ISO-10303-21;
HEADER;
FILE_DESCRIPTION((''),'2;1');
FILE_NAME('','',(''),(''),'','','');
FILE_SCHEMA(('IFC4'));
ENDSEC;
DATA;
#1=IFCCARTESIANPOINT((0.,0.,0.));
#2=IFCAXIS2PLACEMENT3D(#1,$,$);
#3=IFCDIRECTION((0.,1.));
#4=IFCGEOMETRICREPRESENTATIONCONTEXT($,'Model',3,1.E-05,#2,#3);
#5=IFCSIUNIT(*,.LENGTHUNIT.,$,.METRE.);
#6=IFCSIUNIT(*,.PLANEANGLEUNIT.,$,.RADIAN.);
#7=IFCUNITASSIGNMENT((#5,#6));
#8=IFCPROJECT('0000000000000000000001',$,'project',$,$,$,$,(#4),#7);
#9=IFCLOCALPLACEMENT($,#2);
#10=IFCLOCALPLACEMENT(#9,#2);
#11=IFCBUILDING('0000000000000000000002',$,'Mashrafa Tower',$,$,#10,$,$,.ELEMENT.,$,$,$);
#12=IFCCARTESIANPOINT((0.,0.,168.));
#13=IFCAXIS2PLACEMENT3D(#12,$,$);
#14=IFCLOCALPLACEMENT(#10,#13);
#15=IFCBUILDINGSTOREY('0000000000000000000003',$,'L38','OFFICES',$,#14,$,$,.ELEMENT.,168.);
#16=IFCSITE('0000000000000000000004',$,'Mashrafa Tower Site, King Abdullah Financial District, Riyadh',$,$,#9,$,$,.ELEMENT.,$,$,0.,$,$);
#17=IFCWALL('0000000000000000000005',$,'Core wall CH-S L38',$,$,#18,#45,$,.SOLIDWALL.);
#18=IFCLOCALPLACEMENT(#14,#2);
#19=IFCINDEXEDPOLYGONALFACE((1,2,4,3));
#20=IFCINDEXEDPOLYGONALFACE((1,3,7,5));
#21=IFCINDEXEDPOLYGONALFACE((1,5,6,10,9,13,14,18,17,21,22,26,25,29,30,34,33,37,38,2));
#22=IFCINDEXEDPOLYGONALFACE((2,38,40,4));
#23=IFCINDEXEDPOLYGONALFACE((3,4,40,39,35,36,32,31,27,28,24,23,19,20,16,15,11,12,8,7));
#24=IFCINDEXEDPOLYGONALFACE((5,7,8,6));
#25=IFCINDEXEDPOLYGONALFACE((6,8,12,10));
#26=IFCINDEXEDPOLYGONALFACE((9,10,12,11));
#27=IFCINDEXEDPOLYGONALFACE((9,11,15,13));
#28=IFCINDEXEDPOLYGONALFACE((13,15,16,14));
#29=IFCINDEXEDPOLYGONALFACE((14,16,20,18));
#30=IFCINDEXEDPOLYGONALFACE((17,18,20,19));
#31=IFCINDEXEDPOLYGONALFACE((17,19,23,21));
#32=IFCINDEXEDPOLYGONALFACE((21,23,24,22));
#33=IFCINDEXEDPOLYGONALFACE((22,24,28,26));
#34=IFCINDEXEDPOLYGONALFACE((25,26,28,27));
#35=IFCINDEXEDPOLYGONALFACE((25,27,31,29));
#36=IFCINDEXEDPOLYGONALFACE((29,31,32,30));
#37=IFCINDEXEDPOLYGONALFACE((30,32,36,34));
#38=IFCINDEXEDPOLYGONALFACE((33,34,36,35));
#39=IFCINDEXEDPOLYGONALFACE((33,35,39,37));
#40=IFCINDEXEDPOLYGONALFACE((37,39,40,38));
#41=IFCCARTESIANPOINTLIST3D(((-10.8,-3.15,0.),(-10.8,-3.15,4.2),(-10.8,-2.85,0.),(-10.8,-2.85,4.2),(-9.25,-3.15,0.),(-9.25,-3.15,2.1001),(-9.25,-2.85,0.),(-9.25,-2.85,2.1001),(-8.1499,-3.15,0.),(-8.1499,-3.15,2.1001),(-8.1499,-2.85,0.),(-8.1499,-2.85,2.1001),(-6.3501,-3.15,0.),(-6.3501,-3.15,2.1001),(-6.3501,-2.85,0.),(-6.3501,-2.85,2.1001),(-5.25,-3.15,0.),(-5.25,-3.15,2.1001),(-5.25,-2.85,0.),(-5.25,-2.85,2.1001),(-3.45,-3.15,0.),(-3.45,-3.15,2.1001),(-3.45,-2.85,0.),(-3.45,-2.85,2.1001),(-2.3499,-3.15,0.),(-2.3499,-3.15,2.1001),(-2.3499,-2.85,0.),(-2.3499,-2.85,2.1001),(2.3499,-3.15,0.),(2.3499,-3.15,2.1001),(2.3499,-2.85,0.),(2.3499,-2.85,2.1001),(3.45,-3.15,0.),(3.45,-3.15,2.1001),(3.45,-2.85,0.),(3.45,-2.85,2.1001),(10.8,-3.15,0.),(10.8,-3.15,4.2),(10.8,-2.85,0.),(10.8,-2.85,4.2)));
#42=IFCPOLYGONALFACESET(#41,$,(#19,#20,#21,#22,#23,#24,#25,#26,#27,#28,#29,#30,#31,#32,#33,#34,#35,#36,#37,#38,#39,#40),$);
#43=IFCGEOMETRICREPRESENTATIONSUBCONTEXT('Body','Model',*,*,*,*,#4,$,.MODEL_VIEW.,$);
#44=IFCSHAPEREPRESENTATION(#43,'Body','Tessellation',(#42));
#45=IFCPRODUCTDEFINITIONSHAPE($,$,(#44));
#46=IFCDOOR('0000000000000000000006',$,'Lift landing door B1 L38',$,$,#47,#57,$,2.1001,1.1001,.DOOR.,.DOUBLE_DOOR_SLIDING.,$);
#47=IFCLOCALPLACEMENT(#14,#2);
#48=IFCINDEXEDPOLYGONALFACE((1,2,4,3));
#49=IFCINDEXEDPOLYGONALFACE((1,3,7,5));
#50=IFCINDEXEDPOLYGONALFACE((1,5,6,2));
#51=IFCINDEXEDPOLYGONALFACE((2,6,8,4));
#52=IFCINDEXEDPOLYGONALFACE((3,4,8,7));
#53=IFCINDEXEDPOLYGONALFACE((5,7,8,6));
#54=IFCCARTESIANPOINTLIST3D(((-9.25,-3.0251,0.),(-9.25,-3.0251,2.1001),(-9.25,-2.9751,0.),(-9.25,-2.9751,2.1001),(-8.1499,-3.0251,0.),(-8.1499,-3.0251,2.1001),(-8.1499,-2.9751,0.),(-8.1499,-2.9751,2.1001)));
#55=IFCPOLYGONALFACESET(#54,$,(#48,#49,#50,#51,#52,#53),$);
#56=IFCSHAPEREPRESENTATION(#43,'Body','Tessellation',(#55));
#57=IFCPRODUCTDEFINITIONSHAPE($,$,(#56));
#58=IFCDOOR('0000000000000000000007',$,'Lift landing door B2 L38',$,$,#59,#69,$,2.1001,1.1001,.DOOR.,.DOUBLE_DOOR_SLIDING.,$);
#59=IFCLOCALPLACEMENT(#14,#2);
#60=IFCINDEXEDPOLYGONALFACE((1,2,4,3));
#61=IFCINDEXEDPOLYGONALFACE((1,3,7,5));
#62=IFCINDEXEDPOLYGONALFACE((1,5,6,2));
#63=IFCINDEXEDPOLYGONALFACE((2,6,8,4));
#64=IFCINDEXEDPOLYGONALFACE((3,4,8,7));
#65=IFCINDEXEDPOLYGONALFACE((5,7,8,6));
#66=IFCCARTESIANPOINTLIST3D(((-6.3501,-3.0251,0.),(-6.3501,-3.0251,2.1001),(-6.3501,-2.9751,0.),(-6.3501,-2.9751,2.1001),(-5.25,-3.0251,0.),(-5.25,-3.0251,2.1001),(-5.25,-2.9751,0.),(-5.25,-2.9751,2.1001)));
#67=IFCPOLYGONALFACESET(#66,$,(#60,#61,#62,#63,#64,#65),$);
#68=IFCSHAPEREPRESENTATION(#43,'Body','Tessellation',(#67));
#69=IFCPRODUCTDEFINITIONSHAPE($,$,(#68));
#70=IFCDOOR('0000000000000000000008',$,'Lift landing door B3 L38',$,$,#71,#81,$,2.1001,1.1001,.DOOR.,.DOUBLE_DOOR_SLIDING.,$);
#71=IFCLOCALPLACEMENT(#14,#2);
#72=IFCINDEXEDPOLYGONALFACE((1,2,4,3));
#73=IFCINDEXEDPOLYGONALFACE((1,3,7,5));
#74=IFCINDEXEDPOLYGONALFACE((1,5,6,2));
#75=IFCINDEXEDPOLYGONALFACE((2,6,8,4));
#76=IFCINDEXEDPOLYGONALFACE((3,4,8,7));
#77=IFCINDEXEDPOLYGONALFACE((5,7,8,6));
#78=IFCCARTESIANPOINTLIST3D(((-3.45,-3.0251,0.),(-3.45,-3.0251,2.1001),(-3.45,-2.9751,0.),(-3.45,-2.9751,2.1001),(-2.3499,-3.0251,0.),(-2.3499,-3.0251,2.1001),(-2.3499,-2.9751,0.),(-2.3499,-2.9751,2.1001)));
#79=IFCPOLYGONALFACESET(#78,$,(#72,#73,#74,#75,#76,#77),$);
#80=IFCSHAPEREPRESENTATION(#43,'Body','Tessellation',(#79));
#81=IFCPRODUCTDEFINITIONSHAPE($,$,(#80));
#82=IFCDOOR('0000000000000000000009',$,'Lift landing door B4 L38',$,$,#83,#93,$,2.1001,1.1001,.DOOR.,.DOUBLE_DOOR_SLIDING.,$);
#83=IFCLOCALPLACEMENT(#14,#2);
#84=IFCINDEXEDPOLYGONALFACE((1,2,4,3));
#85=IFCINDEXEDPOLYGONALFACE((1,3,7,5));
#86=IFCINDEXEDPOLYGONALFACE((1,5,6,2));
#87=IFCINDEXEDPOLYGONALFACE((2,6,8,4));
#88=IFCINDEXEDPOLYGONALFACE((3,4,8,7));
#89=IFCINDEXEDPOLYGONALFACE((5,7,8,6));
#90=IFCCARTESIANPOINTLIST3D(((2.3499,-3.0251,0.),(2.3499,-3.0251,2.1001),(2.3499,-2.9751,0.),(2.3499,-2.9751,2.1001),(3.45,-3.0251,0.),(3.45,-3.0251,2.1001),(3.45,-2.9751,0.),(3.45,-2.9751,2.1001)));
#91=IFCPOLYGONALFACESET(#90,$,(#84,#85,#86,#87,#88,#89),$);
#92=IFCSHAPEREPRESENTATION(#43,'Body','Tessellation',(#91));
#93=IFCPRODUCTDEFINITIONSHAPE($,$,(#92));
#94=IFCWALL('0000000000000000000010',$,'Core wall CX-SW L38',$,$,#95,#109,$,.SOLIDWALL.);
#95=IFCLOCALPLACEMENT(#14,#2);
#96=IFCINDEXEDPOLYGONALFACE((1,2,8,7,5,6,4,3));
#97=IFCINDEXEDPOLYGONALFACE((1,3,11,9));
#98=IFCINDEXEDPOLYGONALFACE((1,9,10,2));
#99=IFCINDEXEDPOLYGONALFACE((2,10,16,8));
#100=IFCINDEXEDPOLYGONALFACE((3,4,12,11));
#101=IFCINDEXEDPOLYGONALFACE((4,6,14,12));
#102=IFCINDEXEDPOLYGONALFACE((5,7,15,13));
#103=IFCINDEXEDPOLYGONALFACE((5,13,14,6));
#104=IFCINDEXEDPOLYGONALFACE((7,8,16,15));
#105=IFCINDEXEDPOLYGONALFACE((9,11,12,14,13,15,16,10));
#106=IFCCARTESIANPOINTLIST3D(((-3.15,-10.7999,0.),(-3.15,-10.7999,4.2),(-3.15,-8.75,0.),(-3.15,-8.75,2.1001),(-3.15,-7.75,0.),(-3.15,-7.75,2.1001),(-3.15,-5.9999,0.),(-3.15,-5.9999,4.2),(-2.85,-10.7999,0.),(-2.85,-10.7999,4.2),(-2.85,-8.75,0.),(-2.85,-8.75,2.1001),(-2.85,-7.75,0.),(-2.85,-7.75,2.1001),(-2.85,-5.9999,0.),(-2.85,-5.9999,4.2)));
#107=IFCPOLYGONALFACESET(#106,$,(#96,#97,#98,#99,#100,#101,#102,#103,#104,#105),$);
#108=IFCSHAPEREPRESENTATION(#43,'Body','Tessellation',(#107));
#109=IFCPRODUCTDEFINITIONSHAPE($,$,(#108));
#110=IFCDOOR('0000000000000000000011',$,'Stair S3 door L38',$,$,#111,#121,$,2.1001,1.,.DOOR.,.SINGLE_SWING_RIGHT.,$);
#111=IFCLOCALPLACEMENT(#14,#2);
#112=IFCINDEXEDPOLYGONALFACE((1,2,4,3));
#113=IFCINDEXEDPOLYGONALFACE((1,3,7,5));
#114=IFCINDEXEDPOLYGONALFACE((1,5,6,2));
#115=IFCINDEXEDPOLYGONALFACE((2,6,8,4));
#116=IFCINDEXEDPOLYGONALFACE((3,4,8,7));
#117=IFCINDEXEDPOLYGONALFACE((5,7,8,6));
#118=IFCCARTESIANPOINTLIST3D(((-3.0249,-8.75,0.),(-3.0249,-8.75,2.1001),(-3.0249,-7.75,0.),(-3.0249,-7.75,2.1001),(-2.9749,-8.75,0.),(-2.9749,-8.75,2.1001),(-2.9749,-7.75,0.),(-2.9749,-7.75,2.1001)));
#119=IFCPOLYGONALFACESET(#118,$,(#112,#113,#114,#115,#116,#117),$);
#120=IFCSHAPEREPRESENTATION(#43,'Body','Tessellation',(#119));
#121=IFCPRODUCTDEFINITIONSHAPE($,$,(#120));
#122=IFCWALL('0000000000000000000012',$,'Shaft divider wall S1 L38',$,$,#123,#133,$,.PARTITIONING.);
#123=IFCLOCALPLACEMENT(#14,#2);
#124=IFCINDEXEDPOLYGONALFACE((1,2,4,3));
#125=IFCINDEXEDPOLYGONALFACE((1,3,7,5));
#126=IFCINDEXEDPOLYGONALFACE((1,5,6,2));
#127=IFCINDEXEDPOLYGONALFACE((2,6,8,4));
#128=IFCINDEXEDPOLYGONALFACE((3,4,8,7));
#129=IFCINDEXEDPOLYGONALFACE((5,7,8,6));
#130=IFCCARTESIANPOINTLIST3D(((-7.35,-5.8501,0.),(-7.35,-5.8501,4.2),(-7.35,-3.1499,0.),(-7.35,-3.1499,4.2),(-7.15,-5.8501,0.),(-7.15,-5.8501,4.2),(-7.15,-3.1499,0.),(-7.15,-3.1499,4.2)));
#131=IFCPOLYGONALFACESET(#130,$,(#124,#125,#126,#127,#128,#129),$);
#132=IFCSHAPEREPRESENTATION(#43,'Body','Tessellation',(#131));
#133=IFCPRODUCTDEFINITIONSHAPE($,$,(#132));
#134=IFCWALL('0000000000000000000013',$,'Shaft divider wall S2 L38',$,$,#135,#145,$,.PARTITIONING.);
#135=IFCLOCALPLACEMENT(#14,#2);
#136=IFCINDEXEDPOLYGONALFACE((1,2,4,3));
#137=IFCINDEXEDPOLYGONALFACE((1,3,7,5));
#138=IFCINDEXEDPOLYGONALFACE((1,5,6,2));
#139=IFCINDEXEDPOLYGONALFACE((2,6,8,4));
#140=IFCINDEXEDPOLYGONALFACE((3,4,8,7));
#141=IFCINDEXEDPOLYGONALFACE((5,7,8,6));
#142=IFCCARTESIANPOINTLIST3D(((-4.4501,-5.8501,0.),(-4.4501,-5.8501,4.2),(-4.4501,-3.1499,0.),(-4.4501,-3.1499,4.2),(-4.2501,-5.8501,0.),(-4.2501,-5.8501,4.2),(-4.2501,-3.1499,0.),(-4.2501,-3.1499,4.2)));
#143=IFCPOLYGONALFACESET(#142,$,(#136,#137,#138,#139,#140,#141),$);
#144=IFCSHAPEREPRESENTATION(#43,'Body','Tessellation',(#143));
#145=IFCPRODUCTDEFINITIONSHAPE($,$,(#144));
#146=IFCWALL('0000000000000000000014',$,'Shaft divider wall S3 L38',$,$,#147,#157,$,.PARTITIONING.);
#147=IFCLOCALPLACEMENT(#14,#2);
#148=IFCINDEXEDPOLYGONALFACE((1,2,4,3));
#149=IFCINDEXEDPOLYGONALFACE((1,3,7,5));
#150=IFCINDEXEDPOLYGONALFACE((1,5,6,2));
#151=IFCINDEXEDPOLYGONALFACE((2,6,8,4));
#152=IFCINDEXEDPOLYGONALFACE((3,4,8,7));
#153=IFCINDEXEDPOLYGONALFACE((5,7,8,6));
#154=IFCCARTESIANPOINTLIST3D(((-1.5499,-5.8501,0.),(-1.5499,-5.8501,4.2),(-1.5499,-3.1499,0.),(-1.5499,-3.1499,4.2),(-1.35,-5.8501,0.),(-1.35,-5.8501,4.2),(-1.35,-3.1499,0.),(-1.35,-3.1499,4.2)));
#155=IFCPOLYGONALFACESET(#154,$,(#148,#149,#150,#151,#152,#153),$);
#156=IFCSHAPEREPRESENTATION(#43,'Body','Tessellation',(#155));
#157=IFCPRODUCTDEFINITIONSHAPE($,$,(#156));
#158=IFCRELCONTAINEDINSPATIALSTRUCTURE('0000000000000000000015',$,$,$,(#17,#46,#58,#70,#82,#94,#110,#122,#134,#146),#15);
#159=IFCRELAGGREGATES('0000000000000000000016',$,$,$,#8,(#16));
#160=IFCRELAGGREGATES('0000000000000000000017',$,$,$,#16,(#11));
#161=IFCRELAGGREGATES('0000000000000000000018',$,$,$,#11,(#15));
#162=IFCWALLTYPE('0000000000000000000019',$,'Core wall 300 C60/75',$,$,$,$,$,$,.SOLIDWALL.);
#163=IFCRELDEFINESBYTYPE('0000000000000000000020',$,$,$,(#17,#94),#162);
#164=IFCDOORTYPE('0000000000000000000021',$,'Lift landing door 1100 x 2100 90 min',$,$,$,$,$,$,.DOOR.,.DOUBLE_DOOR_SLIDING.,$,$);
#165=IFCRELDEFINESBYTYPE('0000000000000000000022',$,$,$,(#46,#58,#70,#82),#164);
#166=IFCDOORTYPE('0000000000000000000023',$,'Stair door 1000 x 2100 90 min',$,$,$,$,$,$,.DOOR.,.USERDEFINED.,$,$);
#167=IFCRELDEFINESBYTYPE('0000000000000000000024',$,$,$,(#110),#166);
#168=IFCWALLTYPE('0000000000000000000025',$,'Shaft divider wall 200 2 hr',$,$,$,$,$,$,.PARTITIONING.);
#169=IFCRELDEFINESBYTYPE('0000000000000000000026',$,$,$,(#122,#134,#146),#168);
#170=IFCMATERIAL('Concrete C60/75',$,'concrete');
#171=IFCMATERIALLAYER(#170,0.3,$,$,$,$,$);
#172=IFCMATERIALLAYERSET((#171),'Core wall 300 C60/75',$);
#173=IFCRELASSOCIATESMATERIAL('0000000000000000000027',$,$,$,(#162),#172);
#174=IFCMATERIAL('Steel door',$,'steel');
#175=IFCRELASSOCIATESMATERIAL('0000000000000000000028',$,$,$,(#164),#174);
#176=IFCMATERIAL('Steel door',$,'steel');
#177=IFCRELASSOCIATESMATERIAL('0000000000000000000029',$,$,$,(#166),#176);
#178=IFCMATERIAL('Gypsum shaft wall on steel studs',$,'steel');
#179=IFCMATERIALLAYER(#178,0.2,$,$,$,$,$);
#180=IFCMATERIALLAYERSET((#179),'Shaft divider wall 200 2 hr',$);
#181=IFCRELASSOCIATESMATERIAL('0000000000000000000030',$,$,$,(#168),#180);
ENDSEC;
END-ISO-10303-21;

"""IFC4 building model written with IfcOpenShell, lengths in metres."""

from ifc_helpers import new_model, si_unit, direction, frame, frame_2d, origin, place, context, subcontext, project, spatial, rectangle, extrude, material, layer, layer_set, type_object, element, fill, save


model = new_model("IFC4")

# Units and contexts
model_context = context("Model", 3, precision=1e-05, world=origin(), true_north=direction((0.0, 1.0)))
body_context = subcontext(model_context, "Body", "Model", "MODEL_VIEW")
ifc_project = project(units=[si_unit("LENGTHUNIT", "METRE"), si_unit("PLANEANGLEUNIT", "RADIAN")], contexts=[model_context])

# Site, building, storey
site_placement = place(None, origin())
site = spatial("IfcSite", under=ifc_project, at=site_placement, Name="Mashrafa Tower Site, King Abdullah Financial District, Riyadh", CompositionType="ELEMENT", RefElevation=0.0)
building_placement = place(site_placement, origin())
building = spatial("IfcBuilding", under=site, at=building_placement, Name="Mashrafa Tower", CompositionType="ELEMENT")
storey_placement = place(building_placement, frame((0.0, 0.0, 168.0)))
storey = spatial("IfcBuildingStorey", under=building, at=storey_placement, Name="L38", Description="OFFICES", CompositionType="ELEMENT", Elevation=168.0)

# Wall, openings, doors
ifc_material_1 = material(Name="Concrete C60/75", Category="concrete")
ifc_layer_1 = layer(ifc_material_1, 0.3)
ifc_layer_set_1 = layer_set([ifc_layer_1], Name="Core wall 300 C60/75")
wall_type_1 = type_object("IfcWallType", Name="Core wall 300 C60/75", PredefinedType="SOLIDWALL", material=ifc_layer_set_1)
wall_1_placement = place(storey_placement, frame((-10.8, -3.0, 0.0), z_axis=(0.0, 0.0, 1.0), x_axis=(1.0, 0.0, 0.0)))
wall_1 = element("IfcWall", 1, at=wall_1_placement, inside=storey, type_object=wall_type_1, Name="Core wall CH-S L38", PredefinedType="SOLIDWALL", context=body_context, shape_type="SweptSolid", body=[
    extrude(rectangle(XDim=21.6001, YDim=0.3, at=frame_2d((10.8, 0.0))), origin(), (0.0, 0.0, 1.0), 4.2),
])
opening_1_placement = place(wall_1_placement, frame((1.55, 0.0, 0.0)))
opening_1 = element("IfcOpeningElement", 2, at=opening_1_placement, cuts=wall_1, PredefinedType="OPENING", context=body_context, shape_type="SweptSolid", body=[
    extrude(rectangle(XDim=1.1001, YDim=2.1001, at=frame_2d((0.55, 1.05))), frame((0.0, 0.1599, 0.0), z_axis=(0.0, -1.0, 0.0), x_axis=(1.0, 0.0, 0.0)), (0.0, 0.0, 1.0), 0.3201),
])
opening_2_placement = place(wall_1_placement, frame((4.45, 0.0, 0.0)))
opening_2 = element("IfcOpeningElement", 3, at=opening_2_placement, cuts=wall_1, PredefinedType="OPENING", context=body_context, shape_type="SweptSolid", body=[
    extrude(rectangle(XDim=1.1001, YDim=2.1001, at=frame_2d((0.55, 1.05))), frame((0.0, 0.1599, 0.0), z_axis=(0.0, -1.0, 0.0), x_axis=(1.0, 0.0, 0.0)), (0.0, 0.0, 1.0), 0.3201),
])
opening_3_placement = place(wall_1_placement, frame((7.3501, 0.0, 0.0)))
opening_3 = element("IfcOpeningElement", 4, at=opening_3_placement, cuts=wall_1, PredefinedType="OPENING", context=body_context, shape_type="SweptSolid", body=[
    extrude(rectangle(XDim=1.1001, YDim=2.1001, at=frame_2d((0.55, 1.05))), frame((0.0, 0.1599, 0.0), z_axis=(0.0, -1.0, 0.0), x_axis=(1.0, 0.0, 0.0)), (0.0, 0.0, 1.0), 0.3201),
])
opening_4_placement = place(wall_1_placement, frame((13.1499, 0.0, 0.0)))
opening_4 = element("IfcOpeningElement", 5, at=opening_4_placement, cuts=wall_1, PredefinedType="OPENING", context=body_context, shape_type="SweptSolid", body=[
    extrude(rectangle(XDim=1.1001, YDim=2.1001, at=frame_2d((0.55, 1.05))), frame((0.0, 0.1599, 0.0), z_axis=(0.0, -1.0, 0.0), x_axis=(1.0, 0.0, 0.0)), (0.0, 0.0, 1.0), 0.3201),
])
ifc_material_2 = material(Name="Steel door", Category="steel")
door_type_1 = type_object("IfcDoorType", Name="Lift landing door 1100 x 2100 90 min", OperationType="DOUBLE_DOOR_SLIDING", PredefinedType="DOOR", material=ifc_material_2)
door_1_placement = place(opening_1_placement, origin())
door_1 = element("IfcDoor", 6, at=door_1_placement, inside=storey, type_object=door_type_1, Name="Lift landing door B1 L38", OperationType="DOUBLE_DOOR_SLIDING", OverallHeight=2.1001, OverallWidth=1.1001, PredefinedType="DOOR", context=body_context, shape_type="SweptSolid", body=[
    extrude(rectangle(XDim=1.1001, YDim=2.1001, at=frame_2d((0.55, 1.05))), frame((0.0, 0.0249, 0.0), z_axis=(0.0, -1.0, 0.0), x_axis=(1.0, 0.0, 0.0)), (0.0, 0.0, 1.0), 0.05),
])
fill(opening_1, door_1)
door_2_placement = place(opening_2_placement, origin())
door_2 = element("IfcDoor", 7, at=door_2_placement, inside=storey, type_object=door_type_1, Name="Lift landing door B2 L38", OperationType="DOUBLE_DOOR_SLIDING", OverallHeight=2.1001, OverallWidth=1.1001, PredefinedType="DOOR", context=body_context, shape_type="SweptSolid", body=[
    extrude(rectangle(XDim=1.1001, YDim=2.1001, at=frame_2d((0.55, 1.05))), frame((0.0, 0.0249, 0.0), z_axis=(0.0, -1.0, 0.0), x_axis=(1.0, 0.0, 0.0)), (0.0, 0.0, 1.0), 0.05),
])
fill(opening_2, door_2)
door_3_placement = place(opening_3_placement, origin())
door_3 = element("IfcDoor", 8, at=door_3_placement, inside=storey, type_object=door_type_1, Name="Lift landing door B3 L38", OperationType="DOUBLE_DOOR_SLIDING", OverallHeight=2.1001, OverallWidth=1.1001, PredefinedType="DOOR", context=body_context, shape_type="SweptSolid", body=[
    extrude(rectangle(XDim=1.1001, YDim=2.1001, at=frame_2d((0.55, 1.05))), frame((0.0, 0.0249, 0.0), z_axis=(0.0, -1.0, 0.0), x_axis=(1.0, 0.0, 0.0)), (0.0, 0.0, 1.0), 0.05),
])
fill(opening_3, door_3)
door_4_placement = place(opening_4_placement, origin())
door_4 = element("IfcDoor", 9, at=door_4_placement, inside=storey, type_object=door_type_1, Name="Lift landing door B4 L38", OperationType="DOUBLE_DOOR_SLIDING", OverallHeight=2.1001, OverallWidth=1.1001, PredefinedType="DOOR", context=body_context, shape_type="SweptSolid", body=[
    extrude(rectangle(XDim=1.1001, YDim=2.1001, at=frame_2d((0.55, 1.05))), frame((0.0, 0.0249, 0.0), z_axis=(0.0, -1.0, 0.0), x_axis=(1.0, 0.0, 0.0)), (0.0, 0.0, 1.0), 0.05),
])
fill(opening_4, door_4)

# Wall, opening, door
wall_2_placement = place(storey_placement, frame((-3.0, -6.0, 0.0), z_axis=(0.0, 0.0, 1.0), x_axis=(0.0, -1.0, 0.0)))
wall_2 = element("IfcWall", 10, at=wall_2_placement, inside=storey, type_object=wall_type_1, Name="Core wall CX-SW L38", PredefinedType="SOLIDWALL", context=body_context, shape_type="SweptSolid", body=[
    extrude(rectangle(XDim=4.8, YDim=0.3, at=frame_2d((2.3999, 0.0))), origin(), (0.0, 0.0, 1.0), 4.2),
])
opening_5_placement = place(wall_2_placement, frame((1.75, 0.0, 0.0)))
opening_5 = element("IfcOpeningElement", 11, at=opening_5_placement, cuts=wall_2, PredefinedType="OPENING", context=body_context, shape_type="SweptSolid", body=[
    extrude(rectangle(XDim=1.0, YDim=2.1001, at=frame_2d((0.5, 1.05))), frame((0.0, 0.1599, 0.0), z_axis=(0.0, -1.0, 0.0), x_axis=(1.0, 0.0, 0.0)), (0.0, 0.0, 1.0), 0.3201),
])
ifc_material_3 = material(Name="Steel door", Category="steel")
door_type_2 = type_object("IfcDoorType", Name="Stair door 1000 x 2100 90 min", OperationType="USERDEFINED", PredefinedType="DOOR", material=ifc_material_3)
door_5_placement = place(opening_5_placement, frame((1.0, 0.0, 0.0), z_axis=(0.0, 0.0, 1.0), x_axis=(-1.0, 0.0, 0.0)))
door_5 = element("IfcDoor", 12, at=door_5_placement, inside=storey, type_object=door_type_2, Name="Stair S3 door L38", OperationType="SINGLE_SWING_RIGHT", OverallHeight=2.1001, OverallWidth=1.0, PredefinedType="DOOR", context=body_context, shape_type="SweptSolid", body=[
    extrude(rectangle(XDim=1.0, YDim=2.1001, at=frame_2d((0.5, 1.05))), frame((0.0, 0.0249, 0.0), z_axis=(0.0, -1.0, 0.0), x_axis=(1.0, 0.0, 0.0)), (0.0, 0.0, 1.0), 0.05),
])
fill(opening_5, door_5)

# Walls
ifc_material_4 = material(Name="Gypsum shaft wall on steel studs", Category="steel")
ifc_layer_2 = layer(ifc_material_4, 0.2)
ifc_layer_set_2 = layer_set([ifc_layer_2], Name="Shaft divider wall 200 2 hr")
wall_type_2 = type_object("IfcWallType", Name="Shaft divider wall 200 2 hr", PredefinedType="PARTITIONING", material=ifc_layer_set_2)
for number, where, z_axis, x_axis, name in (
    (13, (-7.25, -5.8501, 0.0), (0.0, 0.0, 1.0), (0.0, 1.0, 0.0), "Shaft divider wall S1 L38"),
    (14, (-4.3501, -5.8501, 0.0), (0.0, 0.0, 1.0), (0.0, 1.0, 0.0), "Shaft divider wall S2 L38"),
    (15, (-1.45, -5.8501, 0.0), (0.0, 0.0, 1.0), (0.0, 1.0, 0.0), "Shaft divider wall S3 L38"),
):
    element("IfcWall", number, at=place(storey_placement, frame(where, z_axis=z_axis, x_axis=x_axis)), inside=storey, type_object=wall_type_2, Name=name, PredefinedType="PARTITIONING", context=body_context, shape_type="SweptSolid", body=[
        extrude(rectangle(XDim=2.7002, YDim=0.2, at=frame_2d((1.3501, 0.0))), origin(), (0.0, 0.0, 1.0), 4.2),
    ])

save(model, "model.ifc")
